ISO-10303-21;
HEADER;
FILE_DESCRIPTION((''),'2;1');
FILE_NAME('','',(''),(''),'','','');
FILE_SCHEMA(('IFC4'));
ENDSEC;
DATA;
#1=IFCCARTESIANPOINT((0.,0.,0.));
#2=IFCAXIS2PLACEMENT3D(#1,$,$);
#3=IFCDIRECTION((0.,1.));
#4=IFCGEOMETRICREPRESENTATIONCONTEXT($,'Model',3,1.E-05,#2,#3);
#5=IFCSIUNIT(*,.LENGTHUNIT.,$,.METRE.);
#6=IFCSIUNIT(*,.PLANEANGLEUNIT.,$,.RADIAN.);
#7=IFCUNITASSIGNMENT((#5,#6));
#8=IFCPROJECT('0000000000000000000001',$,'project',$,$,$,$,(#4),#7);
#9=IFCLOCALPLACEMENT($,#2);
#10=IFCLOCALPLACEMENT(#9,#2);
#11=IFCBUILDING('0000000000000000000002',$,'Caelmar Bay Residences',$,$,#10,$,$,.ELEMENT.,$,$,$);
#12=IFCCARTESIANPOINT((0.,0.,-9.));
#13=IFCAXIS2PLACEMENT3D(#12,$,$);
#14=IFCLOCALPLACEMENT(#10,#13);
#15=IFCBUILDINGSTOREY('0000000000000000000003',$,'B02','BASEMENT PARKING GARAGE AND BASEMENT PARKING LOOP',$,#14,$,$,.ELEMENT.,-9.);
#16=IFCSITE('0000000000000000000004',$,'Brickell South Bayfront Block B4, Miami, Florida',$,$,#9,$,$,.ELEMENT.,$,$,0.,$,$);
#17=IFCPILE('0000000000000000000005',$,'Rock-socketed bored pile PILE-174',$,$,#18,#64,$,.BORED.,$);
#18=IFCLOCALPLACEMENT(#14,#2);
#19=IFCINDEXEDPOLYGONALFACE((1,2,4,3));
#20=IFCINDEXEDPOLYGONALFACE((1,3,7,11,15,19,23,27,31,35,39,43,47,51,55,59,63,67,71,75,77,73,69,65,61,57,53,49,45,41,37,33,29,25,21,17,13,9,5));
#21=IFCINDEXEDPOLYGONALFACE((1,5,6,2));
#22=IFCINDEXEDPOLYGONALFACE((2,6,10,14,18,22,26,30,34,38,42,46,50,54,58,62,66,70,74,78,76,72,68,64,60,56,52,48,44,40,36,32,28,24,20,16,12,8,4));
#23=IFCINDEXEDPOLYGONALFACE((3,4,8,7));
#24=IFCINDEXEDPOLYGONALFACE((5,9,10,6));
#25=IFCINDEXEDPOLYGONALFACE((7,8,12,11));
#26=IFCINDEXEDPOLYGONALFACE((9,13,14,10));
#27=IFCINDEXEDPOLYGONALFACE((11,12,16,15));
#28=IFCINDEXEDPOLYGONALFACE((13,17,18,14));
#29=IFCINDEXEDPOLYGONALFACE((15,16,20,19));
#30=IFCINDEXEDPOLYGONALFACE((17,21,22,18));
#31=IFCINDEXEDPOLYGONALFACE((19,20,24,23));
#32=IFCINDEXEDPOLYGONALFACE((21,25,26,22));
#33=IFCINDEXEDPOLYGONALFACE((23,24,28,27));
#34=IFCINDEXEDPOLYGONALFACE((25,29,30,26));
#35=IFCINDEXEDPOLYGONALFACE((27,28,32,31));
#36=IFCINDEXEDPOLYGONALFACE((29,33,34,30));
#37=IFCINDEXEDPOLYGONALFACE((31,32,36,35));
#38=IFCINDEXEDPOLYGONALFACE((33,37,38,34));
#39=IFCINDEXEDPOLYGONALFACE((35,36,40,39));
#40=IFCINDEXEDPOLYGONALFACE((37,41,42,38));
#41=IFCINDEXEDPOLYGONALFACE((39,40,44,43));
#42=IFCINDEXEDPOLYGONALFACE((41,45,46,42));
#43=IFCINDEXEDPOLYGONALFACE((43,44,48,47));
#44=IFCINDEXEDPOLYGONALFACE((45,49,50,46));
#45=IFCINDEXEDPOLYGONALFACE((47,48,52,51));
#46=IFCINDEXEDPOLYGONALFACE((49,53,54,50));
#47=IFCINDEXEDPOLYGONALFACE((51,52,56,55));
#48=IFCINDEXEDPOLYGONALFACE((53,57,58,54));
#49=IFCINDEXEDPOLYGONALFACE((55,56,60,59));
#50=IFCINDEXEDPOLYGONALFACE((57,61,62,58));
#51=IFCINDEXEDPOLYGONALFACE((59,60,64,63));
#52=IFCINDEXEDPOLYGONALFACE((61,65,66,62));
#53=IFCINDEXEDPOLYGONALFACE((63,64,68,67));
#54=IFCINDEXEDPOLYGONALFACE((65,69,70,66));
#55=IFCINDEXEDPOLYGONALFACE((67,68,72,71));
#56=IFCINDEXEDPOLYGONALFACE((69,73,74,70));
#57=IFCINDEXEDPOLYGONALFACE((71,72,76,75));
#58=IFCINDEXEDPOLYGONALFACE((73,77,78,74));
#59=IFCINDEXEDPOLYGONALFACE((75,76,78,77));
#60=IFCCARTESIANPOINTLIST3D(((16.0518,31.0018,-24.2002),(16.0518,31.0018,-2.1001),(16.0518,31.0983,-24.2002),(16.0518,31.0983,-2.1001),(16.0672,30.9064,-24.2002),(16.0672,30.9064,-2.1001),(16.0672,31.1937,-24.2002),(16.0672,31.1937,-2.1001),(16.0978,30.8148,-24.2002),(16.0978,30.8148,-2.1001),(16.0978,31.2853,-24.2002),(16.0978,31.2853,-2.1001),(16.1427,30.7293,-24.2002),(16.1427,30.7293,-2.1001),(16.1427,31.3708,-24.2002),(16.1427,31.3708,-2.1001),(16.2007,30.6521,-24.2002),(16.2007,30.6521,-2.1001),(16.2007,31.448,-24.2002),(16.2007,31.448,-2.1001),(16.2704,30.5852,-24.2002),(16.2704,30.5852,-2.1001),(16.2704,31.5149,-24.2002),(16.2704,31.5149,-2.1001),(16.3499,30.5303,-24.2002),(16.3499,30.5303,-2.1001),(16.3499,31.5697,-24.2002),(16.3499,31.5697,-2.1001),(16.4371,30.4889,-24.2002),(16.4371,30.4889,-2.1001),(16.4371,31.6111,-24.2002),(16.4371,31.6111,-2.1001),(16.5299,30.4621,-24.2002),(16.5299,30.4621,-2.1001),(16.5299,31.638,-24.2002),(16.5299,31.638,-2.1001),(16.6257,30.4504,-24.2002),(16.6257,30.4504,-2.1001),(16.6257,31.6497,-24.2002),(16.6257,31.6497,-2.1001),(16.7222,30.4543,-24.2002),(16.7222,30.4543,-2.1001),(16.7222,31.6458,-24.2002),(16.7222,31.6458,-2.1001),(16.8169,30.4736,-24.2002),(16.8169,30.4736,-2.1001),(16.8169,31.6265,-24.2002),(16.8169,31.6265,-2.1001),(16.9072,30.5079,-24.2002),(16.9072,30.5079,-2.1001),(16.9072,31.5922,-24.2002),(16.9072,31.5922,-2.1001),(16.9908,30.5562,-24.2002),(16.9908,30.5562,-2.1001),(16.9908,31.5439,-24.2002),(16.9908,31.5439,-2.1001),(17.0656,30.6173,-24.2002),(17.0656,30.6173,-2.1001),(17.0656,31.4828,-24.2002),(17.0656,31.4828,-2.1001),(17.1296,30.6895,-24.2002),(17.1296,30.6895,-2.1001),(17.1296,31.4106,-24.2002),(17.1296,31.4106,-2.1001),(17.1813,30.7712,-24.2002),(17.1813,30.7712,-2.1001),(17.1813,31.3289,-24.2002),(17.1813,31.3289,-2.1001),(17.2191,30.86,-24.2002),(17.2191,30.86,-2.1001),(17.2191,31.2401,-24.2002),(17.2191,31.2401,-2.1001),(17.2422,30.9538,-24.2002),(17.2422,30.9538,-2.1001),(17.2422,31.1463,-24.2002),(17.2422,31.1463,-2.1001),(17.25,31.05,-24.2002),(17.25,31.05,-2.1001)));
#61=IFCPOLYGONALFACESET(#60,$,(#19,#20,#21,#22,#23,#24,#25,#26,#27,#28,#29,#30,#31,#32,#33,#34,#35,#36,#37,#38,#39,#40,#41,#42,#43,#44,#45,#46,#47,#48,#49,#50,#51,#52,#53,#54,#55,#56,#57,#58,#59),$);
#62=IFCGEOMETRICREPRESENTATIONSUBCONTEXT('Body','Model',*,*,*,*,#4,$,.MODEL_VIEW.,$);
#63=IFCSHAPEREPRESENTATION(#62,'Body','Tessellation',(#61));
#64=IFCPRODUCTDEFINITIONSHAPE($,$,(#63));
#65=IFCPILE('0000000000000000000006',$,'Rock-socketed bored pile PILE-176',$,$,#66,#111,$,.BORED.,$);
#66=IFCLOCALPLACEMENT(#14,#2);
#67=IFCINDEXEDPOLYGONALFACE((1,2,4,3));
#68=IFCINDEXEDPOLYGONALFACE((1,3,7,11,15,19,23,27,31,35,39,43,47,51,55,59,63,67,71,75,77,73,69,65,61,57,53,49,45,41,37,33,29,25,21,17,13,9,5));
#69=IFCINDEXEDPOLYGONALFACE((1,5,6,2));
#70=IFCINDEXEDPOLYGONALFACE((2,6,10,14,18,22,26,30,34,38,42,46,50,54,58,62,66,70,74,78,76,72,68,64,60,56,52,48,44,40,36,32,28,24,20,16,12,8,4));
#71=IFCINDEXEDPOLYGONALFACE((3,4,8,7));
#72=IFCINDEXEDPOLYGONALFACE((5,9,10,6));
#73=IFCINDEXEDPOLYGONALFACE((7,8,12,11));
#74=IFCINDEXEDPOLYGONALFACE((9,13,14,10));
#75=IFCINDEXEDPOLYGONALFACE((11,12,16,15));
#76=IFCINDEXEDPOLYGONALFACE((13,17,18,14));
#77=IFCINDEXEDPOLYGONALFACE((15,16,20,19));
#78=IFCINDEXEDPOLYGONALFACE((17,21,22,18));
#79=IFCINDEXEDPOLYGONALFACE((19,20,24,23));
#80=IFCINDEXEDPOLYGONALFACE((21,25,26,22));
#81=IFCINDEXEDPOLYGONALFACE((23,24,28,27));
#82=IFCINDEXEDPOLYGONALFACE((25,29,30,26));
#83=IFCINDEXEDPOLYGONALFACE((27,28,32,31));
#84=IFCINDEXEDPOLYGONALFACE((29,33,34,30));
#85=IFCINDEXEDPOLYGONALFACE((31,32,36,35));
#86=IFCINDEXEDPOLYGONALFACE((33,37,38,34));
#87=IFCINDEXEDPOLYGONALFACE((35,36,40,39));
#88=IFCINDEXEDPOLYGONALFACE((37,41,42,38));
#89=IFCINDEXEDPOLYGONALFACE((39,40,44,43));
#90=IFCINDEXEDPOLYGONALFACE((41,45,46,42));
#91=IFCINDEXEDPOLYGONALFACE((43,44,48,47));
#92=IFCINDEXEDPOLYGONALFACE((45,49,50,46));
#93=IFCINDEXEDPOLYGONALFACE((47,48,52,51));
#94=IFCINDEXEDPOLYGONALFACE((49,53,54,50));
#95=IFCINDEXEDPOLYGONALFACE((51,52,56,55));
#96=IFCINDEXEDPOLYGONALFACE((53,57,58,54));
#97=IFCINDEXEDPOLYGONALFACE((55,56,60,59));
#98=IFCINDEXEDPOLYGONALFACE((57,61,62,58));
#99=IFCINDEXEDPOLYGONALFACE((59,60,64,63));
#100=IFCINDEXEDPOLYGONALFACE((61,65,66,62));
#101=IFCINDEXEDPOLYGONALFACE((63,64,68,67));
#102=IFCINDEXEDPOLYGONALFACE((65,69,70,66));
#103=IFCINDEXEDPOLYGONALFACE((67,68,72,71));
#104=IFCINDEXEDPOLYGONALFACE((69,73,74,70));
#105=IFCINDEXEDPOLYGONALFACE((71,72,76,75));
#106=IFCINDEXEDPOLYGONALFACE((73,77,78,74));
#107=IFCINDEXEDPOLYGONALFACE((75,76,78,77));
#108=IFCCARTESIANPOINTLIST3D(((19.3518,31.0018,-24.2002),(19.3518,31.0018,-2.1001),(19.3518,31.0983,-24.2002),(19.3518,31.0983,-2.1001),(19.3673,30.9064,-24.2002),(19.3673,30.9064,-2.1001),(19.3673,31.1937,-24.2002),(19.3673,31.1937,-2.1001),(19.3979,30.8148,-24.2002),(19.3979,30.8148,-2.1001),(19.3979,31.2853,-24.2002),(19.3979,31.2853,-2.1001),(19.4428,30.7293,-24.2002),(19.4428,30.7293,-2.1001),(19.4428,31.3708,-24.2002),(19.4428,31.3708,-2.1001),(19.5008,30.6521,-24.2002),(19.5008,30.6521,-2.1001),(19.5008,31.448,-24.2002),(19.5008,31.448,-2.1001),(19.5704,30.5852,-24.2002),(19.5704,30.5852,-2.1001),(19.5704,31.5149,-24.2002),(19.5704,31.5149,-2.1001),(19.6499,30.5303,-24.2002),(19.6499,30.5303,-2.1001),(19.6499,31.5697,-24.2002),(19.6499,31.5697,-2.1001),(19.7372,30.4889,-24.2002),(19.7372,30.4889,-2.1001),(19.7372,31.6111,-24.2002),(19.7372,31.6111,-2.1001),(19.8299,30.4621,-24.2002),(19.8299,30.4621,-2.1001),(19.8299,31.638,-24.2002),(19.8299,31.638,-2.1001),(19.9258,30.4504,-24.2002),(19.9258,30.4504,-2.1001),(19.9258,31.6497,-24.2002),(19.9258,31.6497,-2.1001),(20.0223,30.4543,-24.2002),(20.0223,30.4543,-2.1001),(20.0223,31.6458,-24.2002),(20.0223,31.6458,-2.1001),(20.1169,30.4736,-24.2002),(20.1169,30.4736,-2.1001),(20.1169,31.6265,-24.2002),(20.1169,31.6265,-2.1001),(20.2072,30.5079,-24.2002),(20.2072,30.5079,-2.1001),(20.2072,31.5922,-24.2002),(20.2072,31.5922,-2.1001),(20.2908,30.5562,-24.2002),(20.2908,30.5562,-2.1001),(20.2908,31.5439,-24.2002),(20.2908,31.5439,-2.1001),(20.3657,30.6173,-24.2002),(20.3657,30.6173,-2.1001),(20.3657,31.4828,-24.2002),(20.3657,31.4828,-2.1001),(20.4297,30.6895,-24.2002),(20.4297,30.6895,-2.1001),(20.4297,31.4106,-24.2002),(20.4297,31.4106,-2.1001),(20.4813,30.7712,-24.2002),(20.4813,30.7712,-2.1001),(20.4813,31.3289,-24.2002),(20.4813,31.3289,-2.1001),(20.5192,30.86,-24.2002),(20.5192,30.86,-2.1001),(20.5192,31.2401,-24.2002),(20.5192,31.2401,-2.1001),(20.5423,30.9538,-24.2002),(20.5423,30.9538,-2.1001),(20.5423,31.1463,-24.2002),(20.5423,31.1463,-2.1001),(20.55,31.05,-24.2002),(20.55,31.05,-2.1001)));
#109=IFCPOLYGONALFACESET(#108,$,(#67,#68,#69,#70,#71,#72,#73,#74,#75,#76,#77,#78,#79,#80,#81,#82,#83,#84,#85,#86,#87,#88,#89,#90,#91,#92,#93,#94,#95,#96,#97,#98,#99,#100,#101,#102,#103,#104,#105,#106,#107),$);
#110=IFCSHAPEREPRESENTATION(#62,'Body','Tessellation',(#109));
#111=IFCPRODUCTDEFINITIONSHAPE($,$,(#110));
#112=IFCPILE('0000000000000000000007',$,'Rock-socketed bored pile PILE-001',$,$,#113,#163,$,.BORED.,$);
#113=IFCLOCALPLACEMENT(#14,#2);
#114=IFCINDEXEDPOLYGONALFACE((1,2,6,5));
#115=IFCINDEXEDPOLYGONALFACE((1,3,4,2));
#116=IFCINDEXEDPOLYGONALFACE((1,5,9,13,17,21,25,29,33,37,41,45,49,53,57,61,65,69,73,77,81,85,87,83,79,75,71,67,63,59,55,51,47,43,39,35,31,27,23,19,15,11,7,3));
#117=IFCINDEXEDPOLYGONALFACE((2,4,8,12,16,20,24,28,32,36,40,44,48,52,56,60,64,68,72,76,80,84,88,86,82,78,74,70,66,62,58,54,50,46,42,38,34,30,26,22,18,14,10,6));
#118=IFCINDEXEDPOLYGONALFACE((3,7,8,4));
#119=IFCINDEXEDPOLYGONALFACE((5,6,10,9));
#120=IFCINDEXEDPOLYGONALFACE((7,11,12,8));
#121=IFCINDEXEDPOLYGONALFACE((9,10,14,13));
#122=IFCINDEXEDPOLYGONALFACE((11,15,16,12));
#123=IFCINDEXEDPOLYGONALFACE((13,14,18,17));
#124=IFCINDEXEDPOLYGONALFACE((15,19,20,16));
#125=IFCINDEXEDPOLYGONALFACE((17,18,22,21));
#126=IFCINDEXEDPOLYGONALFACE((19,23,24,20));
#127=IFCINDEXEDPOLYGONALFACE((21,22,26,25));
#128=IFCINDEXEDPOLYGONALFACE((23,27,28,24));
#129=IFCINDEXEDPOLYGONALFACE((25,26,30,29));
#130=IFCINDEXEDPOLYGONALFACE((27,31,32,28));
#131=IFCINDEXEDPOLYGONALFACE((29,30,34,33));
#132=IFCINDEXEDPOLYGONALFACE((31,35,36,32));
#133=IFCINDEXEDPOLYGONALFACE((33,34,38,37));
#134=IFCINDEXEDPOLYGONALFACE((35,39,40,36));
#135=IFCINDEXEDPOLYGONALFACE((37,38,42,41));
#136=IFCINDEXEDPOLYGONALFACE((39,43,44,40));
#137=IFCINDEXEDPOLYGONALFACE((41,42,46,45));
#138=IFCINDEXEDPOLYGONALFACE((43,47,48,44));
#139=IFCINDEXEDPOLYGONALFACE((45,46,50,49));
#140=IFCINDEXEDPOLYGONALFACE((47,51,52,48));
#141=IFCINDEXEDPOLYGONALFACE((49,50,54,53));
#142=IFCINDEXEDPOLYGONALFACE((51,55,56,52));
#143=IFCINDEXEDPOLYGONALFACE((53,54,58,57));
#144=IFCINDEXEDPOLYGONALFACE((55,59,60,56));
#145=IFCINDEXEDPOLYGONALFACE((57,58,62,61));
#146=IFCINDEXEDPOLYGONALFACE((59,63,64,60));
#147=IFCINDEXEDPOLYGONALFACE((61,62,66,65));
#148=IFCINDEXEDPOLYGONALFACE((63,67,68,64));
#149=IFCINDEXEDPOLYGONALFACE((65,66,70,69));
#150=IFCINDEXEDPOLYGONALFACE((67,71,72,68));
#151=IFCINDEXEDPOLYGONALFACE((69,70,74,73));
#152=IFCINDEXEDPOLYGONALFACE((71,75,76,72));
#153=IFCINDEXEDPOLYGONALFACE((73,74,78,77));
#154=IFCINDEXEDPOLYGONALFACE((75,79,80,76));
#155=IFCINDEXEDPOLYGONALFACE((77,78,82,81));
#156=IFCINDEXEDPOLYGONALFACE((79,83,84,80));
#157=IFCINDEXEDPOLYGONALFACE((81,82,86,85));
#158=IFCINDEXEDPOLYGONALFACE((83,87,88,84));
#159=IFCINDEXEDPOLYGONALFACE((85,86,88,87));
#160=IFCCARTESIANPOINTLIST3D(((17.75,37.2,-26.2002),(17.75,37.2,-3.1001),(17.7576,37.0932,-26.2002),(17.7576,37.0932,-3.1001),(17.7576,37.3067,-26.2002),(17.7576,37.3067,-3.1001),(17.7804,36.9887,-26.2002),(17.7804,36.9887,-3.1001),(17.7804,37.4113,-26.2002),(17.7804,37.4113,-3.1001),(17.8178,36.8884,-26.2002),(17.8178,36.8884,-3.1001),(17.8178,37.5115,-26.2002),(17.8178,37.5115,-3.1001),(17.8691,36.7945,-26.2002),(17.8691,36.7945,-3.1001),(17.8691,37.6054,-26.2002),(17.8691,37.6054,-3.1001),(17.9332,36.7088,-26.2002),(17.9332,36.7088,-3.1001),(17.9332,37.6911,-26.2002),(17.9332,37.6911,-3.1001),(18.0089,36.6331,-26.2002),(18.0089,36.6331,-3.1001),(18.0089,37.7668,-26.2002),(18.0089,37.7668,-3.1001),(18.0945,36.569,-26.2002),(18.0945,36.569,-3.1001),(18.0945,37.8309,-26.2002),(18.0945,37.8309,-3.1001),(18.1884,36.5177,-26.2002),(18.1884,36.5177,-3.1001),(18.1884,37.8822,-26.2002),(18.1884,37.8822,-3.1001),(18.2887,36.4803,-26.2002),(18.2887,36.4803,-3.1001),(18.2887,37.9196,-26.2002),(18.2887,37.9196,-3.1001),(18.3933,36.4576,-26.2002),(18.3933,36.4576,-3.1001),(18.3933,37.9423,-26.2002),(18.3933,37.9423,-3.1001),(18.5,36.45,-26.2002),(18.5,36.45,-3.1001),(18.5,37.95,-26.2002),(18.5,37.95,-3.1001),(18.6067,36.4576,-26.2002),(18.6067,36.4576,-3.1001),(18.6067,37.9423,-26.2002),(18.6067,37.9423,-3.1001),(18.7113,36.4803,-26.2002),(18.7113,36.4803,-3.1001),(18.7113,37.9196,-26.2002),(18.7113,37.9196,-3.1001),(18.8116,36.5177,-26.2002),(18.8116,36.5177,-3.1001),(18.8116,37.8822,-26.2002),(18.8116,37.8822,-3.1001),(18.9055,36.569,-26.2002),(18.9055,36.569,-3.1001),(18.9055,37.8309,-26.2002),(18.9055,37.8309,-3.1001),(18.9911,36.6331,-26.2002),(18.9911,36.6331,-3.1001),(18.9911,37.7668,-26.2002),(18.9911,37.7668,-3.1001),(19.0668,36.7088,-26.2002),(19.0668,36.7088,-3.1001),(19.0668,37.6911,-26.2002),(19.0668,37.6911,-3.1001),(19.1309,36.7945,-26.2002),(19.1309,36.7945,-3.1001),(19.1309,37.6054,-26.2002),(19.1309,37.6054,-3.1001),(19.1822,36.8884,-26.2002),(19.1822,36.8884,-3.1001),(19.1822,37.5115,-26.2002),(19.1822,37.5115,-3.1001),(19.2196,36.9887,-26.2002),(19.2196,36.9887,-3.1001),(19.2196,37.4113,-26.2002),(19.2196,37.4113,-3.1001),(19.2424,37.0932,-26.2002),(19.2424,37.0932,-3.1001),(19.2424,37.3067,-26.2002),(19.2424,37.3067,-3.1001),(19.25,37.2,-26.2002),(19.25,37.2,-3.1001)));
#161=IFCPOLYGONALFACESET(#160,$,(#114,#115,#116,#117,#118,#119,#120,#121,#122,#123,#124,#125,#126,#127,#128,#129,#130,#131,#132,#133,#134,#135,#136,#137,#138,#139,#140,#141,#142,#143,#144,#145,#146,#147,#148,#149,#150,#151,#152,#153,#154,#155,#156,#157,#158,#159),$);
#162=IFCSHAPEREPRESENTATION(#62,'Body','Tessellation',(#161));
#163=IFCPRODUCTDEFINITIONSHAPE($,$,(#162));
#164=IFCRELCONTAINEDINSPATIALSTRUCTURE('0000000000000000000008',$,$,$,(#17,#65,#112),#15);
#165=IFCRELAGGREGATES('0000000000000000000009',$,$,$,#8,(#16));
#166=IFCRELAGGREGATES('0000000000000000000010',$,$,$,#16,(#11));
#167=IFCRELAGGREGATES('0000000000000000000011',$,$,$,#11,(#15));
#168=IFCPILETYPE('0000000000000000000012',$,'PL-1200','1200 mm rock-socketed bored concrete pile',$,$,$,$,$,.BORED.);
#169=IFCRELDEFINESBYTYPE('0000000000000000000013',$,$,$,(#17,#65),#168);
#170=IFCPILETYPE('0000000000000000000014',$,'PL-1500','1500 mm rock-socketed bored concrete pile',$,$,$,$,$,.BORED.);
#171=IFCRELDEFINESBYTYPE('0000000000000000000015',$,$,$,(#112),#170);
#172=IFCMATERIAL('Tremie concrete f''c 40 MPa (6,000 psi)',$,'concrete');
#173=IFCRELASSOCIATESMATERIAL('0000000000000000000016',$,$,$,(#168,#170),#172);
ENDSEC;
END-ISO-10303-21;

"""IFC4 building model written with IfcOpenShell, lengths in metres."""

from ifc_helpers import new_model, si_unit, direction, frame, origin, origin_2d, place, context, subcontext, project, spatial, circle, extrude, material, material_profile, profile_set, type_object, element, save


model = new_model("IFC4")

# Units and contexts
model_context = context("Model", 3, precision=1e-05, world=origin(), true_north=direction((0.0, 1.0)))
body_context = subcontext(model_context, "Body", "Model", "MODEL_VIEW")
ifc_project = project(units=[si_unit("LENGTHUNIT", "METRE"), si_unit("PLANEANGLEUNIT", "RADIAN")], contexts=[model_context])

# Site, building, storey
site_placement = place(None, origin())
site = spatial("IfcSite", under=ifc_project, at=site_placement, Name="Brickell South Bayfront Block B4, Miami, Florida", CompositionType="ELEMENT", RefElevation=0.0)
building_placement = place(site_placement, origin())
building = spatial("IfcBuilding", under=site, at=building_placement, Name="Caelmar Bay Residences", CompositionType="ELEMENT")
storey_placement = place(building_placement, frame((0.0, 0.0, -9.0)))
storey = spatial("IfcBuildingStorey", under=building, at=storey_placement, Name="B02", Description="BASEMENT PARKING GARAGE AND BASEMENT PARKING LOOP", CompositionType="ELEMENT", Elevation=-9.0)

# Piles
ifc_material_1 = material(Name="Tremie concrete f'c 40 MPa (6,000 psi)", Category="concrete")
ifc_material_profile_1 = material_profile(ifc_material_1, circle(Radius=0.6001, at=origin_2d()), Name="PILE-1200D")
ifc_profile_set_1 = profile_set([ifc_material_profile_1], Name="Tremie concrete f'c 40 MPa (6,000 psi)")
pile_type_1 = type_object("IfcPileType", Name="PL-1200", Description="1200 mm rock-socketed bored concrete pile", PredefinedType="BORED", material=ifc_profile_set_1)
for number, where, z_axis, x_axis, name in (
    (1, (16.6499, 31.05, -2.1001), (0.0, 0.0, -1.0), (1.0, 0.0, 0.0), "Rock-socketed bored pile PILE-174"),
    (2, (19.95, 31.05, -2.1001), (0.0, 0.0, -1.0), (1.0, 0.0, 0.0), "Rock-socketed bored pile PILE-176"),
):
    element("IfcPile", number, at=place(storey_placement, frame(where, z_axis=z_axis, x_axis=x_axis)), inside=storey, type_object=pile_type_1, Name=name, PredefinedType="BORED", context=body_context, shape_type="SweptSolid", body=[
        extrude(circle(Radius=0.6001, at=origin_2d()), origin(), (0.0, 0.0, 1.0), 22.1001),
    ])
ifc_material_profile_2 = material_profile(ifc_material_1, circle(Radius=0.75, at=origin_2d()), Name="PILE-1500D")
ifc_profile_set_2 = profile_set([ifc_material_profile_2], Name="Tremie concrete f'c 40 MPa (6,000 psi)")
pile_type_2 = type_object("IfcPileType", Name="PL-1500", Description="1500 mm rock-socketed bored concrete pile", PredefinedType="BORED", material=ifc_profile_set_2)
for number, where, z_axis, x_axis, name in (
    (3, (18.5, 37.2, -3.1001), (0.0, 0.0, -1.0), (1.0, 0.0, 0.0), "Rock-socketed bored pile PILE-001"),
):
    element("IfcPile", number, at=place(storey_placement, frame(where, z_axis=z_axis, x_axis=x_axis)), inside=storey, type_object=pile_type_2, Name=name, PredefinedType="BORED", context=body_context, shape_type="SweptSolid", body=[
        extrude(circle(Radius=0.75, at=origin_2d()), origin(), (0.0, 0.0, 1.0), 23.1001),
    ])

save(model, "model.ifc")
